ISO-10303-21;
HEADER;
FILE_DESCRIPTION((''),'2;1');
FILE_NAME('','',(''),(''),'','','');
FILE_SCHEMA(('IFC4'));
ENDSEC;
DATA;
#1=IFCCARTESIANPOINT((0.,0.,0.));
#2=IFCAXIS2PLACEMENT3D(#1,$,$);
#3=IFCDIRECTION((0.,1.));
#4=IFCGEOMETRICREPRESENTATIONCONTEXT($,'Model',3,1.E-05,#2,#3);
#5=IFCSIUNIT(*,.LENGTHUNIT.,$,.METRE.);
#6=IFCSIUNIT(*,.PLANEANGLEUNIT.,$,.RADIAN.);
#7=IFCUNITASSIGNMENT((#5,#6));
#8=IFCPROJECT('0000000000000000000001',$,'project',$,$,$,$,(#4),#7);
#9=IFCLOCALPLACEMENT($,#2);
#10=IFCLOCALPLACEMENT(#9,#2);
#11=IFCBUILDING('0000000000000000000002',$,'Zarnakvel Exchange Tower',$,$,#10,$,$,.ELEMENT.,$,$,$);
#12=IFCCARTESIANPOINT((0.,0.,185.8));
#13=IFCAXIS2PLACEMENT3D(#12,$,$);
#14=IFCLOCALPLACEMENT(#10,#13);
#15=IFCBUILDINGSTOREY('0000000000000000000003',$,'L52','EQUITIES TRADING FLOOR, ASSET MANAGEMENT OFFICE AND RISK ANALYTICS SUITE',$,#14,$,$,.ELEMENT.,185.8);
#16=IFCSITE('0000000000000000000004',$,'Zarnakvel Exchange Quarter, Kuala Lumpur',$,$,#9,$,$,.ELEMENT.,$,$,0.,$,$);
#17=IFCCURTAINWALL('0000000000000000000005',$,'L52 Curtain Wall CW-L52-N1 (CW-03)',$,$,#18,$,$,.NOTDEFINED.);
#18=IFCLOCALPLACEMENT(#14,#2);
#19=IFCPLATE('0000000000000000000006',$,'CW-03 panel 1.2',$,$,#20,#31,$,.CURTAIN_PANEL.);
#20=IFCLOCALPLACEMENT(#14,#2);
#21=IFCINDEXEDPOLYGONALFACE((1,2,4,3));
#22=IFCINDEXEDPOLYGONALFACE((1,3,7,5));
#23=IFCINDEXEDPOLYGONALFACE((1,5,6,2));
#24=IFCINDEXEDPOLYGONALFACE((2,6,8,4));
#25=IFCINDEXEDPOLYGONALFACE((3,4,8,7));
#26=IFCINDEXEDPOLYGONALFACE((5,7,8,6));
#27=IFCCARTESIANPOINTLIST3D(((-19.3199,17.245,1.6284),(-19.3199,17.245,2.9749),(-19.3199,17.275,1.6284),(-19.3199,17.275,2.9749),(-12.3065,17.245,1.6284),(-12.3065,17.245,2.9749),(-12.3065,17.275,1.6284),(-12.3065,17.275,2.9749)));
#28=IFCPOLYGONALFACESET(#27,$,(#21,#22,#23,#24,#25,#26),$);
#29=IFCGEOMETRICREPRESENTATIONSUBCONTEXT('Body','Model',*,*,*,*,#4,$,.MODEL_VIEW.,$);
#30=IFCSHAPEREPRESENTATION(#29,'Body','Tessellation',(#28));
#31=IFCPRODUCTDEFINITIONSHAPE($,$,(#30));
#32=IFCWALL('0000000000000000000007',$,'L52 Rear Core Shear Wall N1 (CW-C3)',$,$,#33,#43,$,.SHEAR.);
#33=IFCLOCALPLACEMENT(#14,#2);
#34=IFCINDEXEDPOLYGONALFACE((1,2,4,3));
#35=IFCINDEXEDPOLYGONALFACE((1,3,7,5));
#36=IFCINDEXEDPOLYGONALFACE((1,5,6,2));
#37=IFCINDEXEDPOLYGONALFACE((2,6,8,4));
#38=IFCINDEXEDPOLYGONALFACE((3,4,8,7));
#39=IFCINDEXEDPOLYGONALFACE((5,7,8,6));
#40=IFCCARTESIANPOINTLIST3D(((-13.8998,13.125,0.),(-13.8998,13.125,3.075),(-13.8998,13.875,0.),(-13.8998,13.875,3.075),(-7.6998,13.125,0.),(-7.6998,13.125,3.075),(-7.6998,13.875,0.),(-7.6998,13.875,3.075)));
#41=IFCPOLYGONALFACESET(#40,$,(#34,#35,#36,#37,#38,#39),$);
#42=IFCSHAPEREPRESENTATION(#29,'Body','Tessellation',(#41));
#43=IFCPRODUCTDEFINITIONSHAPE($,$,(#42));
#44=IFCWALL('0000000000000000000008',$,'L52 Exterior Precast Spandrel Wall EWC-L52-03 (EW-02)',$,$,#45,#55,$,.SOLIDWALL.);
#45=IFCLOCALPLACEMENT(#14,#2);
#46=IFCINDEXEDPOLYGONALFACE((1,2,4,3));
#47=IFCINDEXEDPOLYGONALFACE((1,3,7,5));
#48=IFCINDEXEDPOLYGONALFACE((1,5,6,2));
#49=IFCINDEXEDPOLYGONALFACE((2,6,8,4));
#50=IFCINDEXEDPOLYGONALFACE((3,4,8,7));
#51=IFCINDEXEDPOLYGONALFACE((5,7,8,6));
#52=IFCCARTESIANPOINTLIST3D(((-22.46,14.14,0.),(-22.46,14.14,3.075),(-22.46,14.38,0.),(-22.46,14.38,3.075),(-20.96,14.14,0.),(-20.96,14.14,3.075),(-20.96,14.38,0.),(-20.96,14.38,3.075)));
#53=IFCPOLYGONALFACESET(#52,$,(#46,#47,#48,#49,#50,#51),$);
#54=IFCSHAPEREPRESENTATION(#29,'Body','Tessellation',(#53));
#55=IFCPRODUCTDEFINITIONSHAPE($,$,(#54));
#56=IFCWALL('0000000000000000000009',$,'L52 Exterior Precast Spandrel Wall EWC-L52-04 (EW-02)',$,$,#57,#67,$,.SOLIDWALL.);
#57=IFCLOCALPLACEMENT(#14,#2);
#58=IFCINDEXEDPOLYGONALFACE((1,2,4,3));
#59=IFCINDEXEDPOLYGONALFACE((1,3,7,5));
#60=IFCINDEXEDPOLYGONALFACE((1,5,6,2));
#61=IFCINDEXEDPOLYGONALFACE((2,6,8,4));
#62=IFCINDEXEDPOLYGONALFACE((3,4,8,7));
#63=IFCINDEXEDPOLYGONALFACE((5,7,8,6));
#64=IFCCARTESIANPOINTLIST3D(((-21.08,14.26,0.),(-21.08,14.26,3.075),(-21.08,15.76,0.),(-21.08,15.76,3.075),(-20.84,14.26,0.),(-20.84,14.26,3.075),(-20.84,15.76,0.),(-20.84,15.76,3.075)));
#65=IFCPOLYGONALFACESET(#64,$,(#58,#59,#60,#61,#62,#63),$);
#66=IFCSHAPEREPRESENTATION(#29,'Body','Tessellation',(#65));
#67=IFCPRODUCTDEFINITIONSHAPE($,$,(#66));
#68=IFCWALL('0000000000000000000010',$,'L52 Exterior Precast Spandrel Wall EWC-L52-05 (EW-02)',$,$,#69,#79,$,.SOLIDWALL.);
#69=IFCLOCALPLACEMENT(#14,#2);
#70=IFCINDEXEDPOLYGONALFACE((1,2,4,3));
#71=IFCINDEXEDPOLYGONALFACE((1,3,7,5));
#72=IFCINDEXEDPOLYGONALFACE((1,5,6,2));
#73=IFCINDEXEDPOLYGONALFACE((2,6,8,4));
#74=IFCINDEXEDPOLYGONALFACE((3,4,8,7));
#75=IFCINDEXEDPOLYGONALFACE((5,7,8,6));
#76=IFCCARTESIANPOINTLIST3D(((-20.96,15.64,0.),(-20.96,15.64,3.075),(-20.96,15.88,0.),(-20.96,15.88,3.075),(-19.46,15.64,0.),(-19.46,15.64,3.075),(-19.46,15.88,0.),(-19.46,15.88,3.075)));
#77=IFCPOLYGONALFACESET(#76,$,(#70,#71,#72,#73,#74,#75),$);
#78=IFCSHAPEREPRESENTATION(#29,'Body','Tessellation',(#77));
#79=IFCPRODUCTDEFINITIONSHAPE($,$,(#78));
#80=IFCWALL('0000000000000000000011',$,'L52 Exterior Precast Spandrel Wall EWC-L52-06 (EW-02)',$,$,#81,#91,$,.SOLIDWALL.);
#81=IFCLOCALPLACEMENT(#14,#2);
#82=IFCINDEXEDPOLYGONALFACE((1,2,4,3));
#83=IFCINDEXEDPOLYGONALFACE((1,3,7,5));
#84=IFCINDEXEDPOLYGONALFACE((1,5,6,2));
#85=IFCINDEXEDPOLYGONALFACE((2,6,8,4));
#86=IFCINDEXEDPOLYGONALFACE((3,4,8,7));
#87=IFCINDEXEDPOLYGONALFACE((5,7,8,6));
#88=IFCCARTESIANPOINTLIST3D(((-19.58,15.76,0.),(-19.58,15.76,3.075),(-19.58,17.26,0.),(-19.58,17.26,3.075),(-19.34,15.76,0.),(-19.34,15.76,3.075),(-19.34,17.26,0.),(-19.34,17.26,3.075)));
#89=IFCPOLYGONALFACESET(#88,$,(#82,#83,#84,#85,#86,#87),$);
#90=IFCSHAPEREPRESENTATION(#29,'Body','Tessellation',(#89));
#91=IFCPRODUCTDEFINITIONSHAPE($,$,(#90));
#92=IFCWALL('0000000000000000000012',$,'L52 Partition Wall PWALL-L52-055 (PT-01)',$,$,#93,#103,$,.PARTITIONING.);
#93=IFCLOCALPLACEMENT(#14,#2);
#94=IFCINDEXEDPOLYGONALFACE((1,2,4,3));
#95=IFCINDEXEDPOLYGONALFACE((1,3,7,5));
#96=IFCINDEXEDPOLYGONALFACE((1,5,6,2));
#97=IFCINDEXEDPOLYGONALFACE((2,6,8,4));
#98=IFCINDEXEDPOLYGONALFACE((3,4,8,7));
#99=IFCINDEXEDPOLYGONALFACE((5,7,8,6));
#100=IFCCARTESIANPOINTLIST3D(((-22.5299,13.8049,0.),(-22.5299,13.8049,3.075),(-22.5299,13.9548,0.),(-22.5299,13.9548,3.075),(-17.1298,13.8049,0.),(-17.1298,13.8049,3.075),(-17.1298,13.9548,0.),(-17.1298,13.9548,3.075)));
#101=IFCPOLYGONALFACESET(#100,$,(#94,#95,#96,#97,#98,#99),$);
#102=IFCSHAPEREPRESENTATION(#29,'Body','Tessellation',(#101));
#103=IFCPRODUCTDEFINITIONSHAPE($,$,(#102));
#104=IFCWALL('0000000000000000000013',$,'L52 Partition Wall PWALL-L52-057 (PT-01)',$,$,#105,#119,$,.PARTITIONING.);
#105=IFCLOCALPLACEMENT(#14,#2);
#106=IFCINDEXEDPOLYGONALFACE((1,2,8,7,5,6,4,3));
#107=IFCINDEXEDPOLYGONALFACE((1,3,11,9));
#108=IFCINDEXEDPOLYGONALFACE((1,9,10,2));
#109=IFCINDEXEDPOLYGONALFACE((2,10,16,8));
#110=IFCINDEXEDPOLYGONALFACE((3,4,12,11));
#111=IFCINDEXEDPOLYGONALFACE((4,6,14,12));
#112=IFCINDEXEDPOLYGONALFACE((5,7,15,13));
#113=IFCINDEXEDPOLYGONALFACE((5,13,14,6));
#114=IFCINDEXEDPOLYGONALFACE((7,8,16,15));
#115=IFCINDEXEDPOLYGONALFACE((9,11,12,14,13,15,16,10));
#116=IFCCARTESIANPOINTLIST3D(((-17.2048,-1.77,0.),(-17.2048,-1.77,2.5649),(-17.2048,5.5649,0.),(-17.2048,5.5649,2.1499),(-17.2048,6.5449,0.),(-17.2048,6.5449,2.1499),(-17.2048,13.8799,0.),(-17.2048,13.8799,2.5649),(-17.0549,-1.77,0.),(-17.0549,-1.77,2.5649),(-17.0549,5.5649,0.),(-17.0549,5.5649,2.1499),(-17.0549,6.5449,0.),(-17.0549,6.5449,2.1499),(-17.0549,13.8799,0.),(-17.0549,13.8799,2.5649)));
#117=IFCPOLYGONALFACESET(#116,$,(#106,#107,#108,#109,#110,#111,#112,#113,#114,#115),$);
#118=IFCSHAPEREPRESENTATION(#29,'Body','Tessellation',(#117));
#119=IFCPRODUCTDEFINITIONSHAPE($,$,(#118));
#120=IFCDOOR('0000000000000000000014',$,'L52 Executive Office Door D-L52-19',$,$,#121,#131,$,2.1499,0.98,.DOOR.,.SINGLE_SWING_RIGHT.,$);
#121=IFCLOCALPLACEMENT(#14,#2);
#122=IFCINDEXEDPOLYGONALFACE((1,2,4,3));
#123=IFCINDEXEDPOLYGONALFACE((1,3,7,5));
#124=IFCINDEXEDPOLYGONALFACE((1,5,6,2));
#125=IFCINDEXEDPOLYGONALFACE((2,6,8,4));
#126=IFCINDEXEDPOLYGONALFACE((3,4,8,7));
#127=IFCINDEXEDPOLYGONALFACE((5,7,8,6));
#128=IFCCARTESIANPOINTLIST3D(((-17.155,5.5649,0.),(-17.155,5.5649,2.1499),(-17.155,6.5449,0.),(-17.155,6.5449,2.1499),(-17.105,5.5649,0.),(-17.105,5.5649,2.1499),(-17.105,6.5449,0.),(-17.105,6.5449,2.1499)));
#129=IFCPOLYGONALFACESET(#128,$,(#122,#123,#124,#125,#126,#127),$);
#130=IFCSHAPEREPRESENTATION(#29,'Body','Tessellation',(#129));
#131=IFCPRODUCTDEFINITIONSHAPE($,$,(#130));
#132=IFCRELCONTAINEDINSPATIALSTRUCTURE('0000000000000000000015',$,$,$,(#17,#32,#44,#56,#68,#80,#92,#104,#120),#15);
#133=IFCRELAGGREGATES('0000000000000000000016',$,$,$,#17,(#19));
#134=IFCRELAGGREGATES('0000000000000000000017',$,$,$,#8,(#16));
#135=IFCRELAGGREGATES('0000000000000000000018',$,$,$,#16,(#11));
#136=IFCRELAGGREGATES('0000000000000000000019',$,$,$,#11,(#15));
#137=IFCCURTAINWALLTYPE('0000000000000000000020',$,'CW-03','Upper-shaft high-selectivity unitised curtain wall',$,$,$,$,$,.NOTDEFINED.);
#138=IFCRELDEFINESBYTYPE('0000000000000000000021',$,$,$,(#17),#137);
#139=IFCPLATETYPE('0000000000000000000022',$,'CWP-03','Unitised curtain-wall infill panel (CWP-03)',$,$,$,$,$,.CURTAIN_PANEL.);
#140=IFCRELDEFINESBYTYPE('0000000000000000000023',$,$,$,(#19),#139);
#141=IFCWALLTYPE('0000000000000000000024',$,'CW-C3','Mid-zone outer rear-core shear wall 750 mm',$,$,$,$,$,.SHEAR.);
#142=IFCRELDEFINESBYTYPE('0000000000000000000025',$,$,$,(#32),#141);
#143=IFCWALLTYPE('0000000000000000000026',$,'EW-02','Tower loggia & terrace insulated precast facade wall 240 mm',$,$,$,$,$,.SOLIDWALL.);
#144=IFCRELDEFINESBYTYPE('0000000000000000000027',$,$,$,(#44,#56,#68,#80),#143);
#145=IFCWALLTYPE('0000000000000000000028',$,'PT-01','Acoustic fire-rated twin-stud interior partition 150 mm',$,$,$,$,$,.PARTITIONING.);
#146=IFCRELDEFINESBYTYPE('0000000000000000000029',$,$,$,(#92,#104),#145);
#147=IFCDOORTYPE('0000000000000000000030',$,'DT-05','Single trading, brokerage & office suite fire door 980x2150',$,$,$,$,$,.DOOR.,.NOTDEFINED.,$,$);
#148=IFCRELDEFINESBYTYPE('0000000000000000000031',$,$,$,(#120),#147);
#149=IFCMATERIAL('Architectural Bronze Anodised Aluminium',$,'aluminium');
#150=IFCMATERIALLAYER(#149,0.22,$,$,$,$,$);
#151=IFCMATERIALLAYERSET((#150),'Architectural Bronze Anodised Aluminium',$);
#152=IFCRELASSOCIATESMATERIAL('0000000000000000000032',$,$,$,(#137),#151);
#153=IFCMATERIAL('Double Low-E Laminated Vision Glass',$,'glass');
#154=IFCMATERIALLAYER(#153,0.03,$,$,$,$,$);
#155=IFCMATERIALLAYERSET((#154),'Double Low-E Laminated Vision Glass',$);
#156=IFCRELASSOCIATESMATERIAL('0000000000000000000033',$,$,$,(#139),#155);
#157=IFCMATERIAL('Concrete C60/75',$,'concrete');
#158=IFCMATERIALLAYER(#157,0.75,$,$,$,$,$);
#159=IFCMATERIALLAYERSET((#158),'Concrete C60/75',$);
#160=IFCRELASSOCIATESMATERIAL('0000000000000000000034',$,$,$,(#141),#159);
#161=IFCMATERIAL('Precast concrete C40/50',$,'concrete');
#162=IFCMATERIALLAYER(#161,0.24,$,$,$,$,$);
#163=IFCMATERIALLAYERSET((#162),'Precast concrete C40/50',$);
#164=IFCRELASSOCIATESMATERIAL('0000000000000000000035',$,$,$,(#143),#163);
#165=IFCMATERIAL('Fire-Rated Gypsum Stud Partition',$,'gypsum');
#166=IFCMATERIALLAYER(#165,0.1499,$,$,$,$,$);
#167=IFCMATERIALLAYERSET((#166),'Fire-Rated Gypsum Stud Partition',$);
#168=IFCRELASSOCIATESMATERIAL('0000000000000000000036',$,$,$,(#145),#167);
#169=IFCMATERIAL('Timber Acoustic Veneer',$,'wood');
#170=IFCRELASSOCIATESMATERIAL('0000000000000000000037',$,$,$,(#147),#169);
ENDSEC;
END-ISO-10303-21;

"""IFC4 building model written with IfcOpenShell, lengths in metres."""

from ifc_helpers import new_model, si_unit, direction, frame, frame_2d, origin, origin_2d, place, context, subcontext, project, spatial, rectangle, extrude, source, transform, mapped, material, layer, layer_set, type_object, element, fill, aggregate, save


model = new_model("IFC4")

# Units and contexts
model_context = context("Model", 3, precision=1e-05, world=origin(), true_north=direction((0.0, 1.0)))
body_context = subcontext(model_context, "Body", "Model", "MODEL_VIEW")
ifc_project = project(units=[si_unit("LENGTHUNIT", "METRE"), si_unit("PLANEANGLEUNIT", "RADIAN")], contexts=[model_context])

# Site, building, storey
site_placement = place(None, origin())
site = spatial("IfcSite", under=ifc_project, at=site_placement, Name="Zarnakvel Exchange Quarter, Kuala Lumpur", CompositionType="ELEMENT", RefElevation=0.0)
building_placement = place(site_placement, origin())
building = spatial("IfcBuilding", under=site, at=building_placement, Name="Zarnakvel Exchange Tower", CompositionType="ELEMENT")
storey_placement = place(building_placement, frame((0.0, 0.0, 185.8)))
storey = spatial("IfcBuildingStorey", under=building, at=storey_placement, Name="L52", Description="EQUITIES TRADING FLOOR, ASSET MANAGEMENT OFFICE AND RISK ANALYTICS SUITE", CompositionType="ELEMENT", Elevation=185.8)

# Shared definitions
ifc_material_1 = material(Name="Concrete C60/75", Category="concrete")

# Shared definitions
ifc_material_2 = material(Name="Architectural Bronze Anodised Aluminium", Category="aluminium")

# Curtain wall, plate
ifc_layer_1 = layer(ifc_material_2, 0.22)
ifc_layer_set_1 = layer_set([ifc_layer_1], Name="Architectural Bronze Anodised Aluminium")
curtain_wall_type_1 = type_object("IfcCurtainWallType", Name="CW-03", Description="Upper-shaft high-selectivity unitised curtain wall", PredefinedType="NOTDEFINED", material=ifc_layer_set_1)
curtain_wall_1_placement = place(storey_placement, origin())
curtain_wall_1 = element("IfcCurtainWall", 1, at=curtain_wall_1_placement, inside=storey, type_object=curtain_wall_type_1, Name="L52 Curtain Wall CW-L52-N1 (CW-03)", PredefinedType="NOTDEFINED")
ifc_material_3 = material(Name="Double Low-E Laminated Vision Glass", Category="glass")
ifc_layer_2 = layer(ifc_material_3, 0.03)
ifc_layer_set_2 = layer_set([ifc_layer_2], Name="Double Low-E Laminated Vision Glass")
plate_type = type_object("IfcPlateType", Name="CWP-03", Description="Unitised curtain-wall infill panel (CWP-03)", PredefinedType="CURTAIN_PANEL", material=ifc_layer_set_2)
shared_shape_1 = source(origin(), body_context, "Body", "SweptSolid", [
    extrude(rectangle(XDim=7.0134, YDim=0.03, at=origin_2d()), origin(), (0.0, 0.0, 1.0), 1.3464),
])
plate_1_placement = place(storey_placement, frame((-15.8132, 17.26, 1.6284), z_axis=(0.0, 0.0, 1.0), x_axis=(1.0, 0.0, 0.0)))
plate_1 = element("IfcPlate", 2, at=plate_1_placement, type_object=plate_type, Name="CW-03 panel 1.2", PredefinedType="CURTAIN_PANEL", context=body_context, shape_type="MappedRepresentation", body=[
    mapped(shared_shape_1, transform((0.0, 0.0, 0.0), x_axis=(1.0, 0.0, 0.0), y_axis=(0.0, 1.0, 0.0), z_axis=(0.0, 0.0, 1.0), scale=1.0)),
])
aggregate(curtain_wall_1, [plate_1])

# Walls
ifc_layer_3 = layer(ifc_material_1, 0.75)
ifc_layer_set_3 = layer_set([ifc_layer_3], Name="Concrete C60/75")
wall_type_1 = type_object("IfcWallType", Name="CW-C3", Description="Mid-zone outer rear-core shear wall 750 mm", PredefinedType="SHEAR", material=ifc_layer_set_3)
wall_1_placement = place(storey_placement, frame((-13.8999, 13.5, 0.0), z_axis=(0.0, 0.0, 1.0), x_axis=(1.0, 0.0, 0.0)))
element("IfcWall", 3, at=wall_1_placement, inside=storey, type_object=wall_type_1, Name="L52 Rear Core Shear Wall N1 (CW-C3)", PredefinedType="SHEAR", context=body_context, shape_type="SweptSolid", body=[
    extrude(rectangle(XDim=6.2, YDim=0.75, at=frame_2d((3.1001, 0.0))), origin(), (0.0, 0.0, 1.0), 3.075),
])
ifc_material_4 = material(Name="Precast concrete C40/50", Category="concrete")
ifc_layer_4 = layer(ifc_material_4, 0.24)
ifc_layer_set_4 = layer_set([ifc_layer_4], Name="Precast concrete C40/50")
wall_type_2 = type_object("IfcWallType", Name="EW-02", Description="Tower loggia & terrace insulated precast facade wall 240 mm", PredefinedType="SOLIDWALL", material=ifc_layer_set_4)
for number, where, z_axis, x_axis, name in (
    (4, (-20.96, 14.26, 0.0), (0.0, 0.0, 1.0), (-1.0, 0.0, 0.0), "L52 Exterior Precast Spandrel Wall EWC-L52-03 (EW-02)"),
    (5, (-20.96, 15.76, 0.0), (0.0, 0.0, 1.0), (0.0, -1.0, 0.0), "L52 Exterior Precast Spandrel Wall EWC-L52-04 (EW-02)"),
    (6, (-19.46, 15.76, 0.0), (0.0, 0.0, 1.0), (-1.0, 0.0, 0.0), "L52 Exterior Precast Spandrel Wall EWC-L52-05 (EW-02)"),
    (7, (-19.46, 17.26, 0.0), (0.0, 0.0, 1.0), (0.0, -1.0, 0.0), "L52 Exterior Precast Spandrel Wall EWC-L52-06 (EW-02)"),
):
    element("IfcWall", number, at=place(storey_placement, frame(where, z_axis=z_axis, x_axis=x_axis)), inside=storey, type_object=wall_type_2, Name=name, PredefinedType="SOLIDWALL", context=body_context, shape_type="SweptSolid", body=[
        extrude(rectangle(XDim=1.5, YDim=0.24, at=frame_2d((0.75, 0.0))), origin(), (0.0, 0.0, 1.0), 3.075),
    ])
ifc_material_5 = material(Name="Fire-Rated Gypsum Stud Partition", Category="gypsum")
ifc_layer_5 = layer(ifc_material_5, 0.1499)
ifc_layer_set_5 = layer_set([ifc_layer_5], Name="Fire-Rated Gypsum Stud Partition")
wall_type_3 = type_object("IfcWallType", Name="PT-01", Description="Acoustic fire-rated twin-stud interior partition 150 mm", PredefinedType="PARTITIONING", material=ifc_layer_set_5)
wall_2_placement = place(storey_placement, frame((-22.53, 13.8799, 0.0), z_axis=(0.0, 0.0, 1.0), x_axis=(1.0, 0.0, 0.0)))
element("IfcWall", 8, at=wall_2_placement, inside=storey, type_object=wall_type_3, Name="L52 Partition Wall PWALL-L52-055 (PT-01)", PredefinedType="PARTITIONING", context=body_context, shape_type="SweptSolid", body=[
    extrude(rectangle(XDim=5.4001, YDim=0.1499, at=frame_2d((2.7002, 0.0))), origin(), (0.0, 0.0, 1.0), 3.075),
])

# Wall, opening, door
wall_3_placement = place(storey_placement, frame((-17.1299, 13.8799, 0.0), z_axis=(0.0, 0.0, 1.0), x_axis=(0.0, -1.0, 0.0)))
wall_3 = element("IfcWall", 9, at=wall_3_placement, inside=storey, type_object=wall_type_3, Name="L52 Partition Wall PWALL-L52-057 (PT-01)", PredefinedType="PARTITIONING", context=body_context, shape_type="SweptSolid", body=[
    extrude(rectangle(XDim=15.6499, YDim=0.1499, at=frame_2d((7.825, 0.0))), origin(), (0.0, 0.0, 1.0), 2.5649),
])
opening_placement = place(wall_3_placement, frame((7.335, 0.0, 0.0)))
opening = element("IfcOpeningElement", 10, at=opening_placement, cuts=wall_3, PredefinedType="OPENING", context=body_context, shape_type="SweptSolid", body=[
    extrude(rectangle(XDim=0.98, YDim=2.1499, at=frame_2d((0.49, 1.075))), frame((0.0, 0.085, 0.0), z_axis=(0.0, -1.0, 0.0), x_axis=(1.0, 0.0, 0.0)), (0.0, 0.0, 1.0), 0.1699),
])
ifc_material_6 = material(Name="Timber Acoustic Veneer", Category="wood")
door_type = type_object("IfcDoorType", Name="DT-05", Description="Single trading, brokerage & office suite fire door 980x2150", OperationType="NOTDEFINED", PredefinedType="DOOR", material=ifc_material_6)
shared_shape_2 = source(origin(), body_context, "Body", "SweptSolid", [
    extrude(rectangle(XDim=0.98, YDim=2.1499, at=frame_2d((0.49, 1.075))), frame((0.0, 0.0249, 0.0), z_axis=(0.0, -1.0, 0.0), x_axis=(1.0, 0.0, 0.0)), (0.0, 0.0, 1.0), 0.05),
])
door_placement = place(opening_placement, origin())
door = element("IfcDoor", 11, at=door_placement, inside=storey, type_object=door_type, Name="L52 Executive Office Door D-L52-19", OperationType="SINGLE_SWING_RIGHT", OverallHeight=2.1499, OverallWidth=0.98, PredefinedType="DOOR", context=body_context, shape_type="MappedRepresentation", body=[
    mapped(shared_shape_2, transform((0.0, 0.0, 0.0), x_axis=(1.0, 0.0, 0.0), y_axis=(0.0, 1.0, 0.0), z_axis=(0.0, 0.0, 1.0), scale=1.0)),
])
fill(opening, door)

save(model, "model.ifc")
